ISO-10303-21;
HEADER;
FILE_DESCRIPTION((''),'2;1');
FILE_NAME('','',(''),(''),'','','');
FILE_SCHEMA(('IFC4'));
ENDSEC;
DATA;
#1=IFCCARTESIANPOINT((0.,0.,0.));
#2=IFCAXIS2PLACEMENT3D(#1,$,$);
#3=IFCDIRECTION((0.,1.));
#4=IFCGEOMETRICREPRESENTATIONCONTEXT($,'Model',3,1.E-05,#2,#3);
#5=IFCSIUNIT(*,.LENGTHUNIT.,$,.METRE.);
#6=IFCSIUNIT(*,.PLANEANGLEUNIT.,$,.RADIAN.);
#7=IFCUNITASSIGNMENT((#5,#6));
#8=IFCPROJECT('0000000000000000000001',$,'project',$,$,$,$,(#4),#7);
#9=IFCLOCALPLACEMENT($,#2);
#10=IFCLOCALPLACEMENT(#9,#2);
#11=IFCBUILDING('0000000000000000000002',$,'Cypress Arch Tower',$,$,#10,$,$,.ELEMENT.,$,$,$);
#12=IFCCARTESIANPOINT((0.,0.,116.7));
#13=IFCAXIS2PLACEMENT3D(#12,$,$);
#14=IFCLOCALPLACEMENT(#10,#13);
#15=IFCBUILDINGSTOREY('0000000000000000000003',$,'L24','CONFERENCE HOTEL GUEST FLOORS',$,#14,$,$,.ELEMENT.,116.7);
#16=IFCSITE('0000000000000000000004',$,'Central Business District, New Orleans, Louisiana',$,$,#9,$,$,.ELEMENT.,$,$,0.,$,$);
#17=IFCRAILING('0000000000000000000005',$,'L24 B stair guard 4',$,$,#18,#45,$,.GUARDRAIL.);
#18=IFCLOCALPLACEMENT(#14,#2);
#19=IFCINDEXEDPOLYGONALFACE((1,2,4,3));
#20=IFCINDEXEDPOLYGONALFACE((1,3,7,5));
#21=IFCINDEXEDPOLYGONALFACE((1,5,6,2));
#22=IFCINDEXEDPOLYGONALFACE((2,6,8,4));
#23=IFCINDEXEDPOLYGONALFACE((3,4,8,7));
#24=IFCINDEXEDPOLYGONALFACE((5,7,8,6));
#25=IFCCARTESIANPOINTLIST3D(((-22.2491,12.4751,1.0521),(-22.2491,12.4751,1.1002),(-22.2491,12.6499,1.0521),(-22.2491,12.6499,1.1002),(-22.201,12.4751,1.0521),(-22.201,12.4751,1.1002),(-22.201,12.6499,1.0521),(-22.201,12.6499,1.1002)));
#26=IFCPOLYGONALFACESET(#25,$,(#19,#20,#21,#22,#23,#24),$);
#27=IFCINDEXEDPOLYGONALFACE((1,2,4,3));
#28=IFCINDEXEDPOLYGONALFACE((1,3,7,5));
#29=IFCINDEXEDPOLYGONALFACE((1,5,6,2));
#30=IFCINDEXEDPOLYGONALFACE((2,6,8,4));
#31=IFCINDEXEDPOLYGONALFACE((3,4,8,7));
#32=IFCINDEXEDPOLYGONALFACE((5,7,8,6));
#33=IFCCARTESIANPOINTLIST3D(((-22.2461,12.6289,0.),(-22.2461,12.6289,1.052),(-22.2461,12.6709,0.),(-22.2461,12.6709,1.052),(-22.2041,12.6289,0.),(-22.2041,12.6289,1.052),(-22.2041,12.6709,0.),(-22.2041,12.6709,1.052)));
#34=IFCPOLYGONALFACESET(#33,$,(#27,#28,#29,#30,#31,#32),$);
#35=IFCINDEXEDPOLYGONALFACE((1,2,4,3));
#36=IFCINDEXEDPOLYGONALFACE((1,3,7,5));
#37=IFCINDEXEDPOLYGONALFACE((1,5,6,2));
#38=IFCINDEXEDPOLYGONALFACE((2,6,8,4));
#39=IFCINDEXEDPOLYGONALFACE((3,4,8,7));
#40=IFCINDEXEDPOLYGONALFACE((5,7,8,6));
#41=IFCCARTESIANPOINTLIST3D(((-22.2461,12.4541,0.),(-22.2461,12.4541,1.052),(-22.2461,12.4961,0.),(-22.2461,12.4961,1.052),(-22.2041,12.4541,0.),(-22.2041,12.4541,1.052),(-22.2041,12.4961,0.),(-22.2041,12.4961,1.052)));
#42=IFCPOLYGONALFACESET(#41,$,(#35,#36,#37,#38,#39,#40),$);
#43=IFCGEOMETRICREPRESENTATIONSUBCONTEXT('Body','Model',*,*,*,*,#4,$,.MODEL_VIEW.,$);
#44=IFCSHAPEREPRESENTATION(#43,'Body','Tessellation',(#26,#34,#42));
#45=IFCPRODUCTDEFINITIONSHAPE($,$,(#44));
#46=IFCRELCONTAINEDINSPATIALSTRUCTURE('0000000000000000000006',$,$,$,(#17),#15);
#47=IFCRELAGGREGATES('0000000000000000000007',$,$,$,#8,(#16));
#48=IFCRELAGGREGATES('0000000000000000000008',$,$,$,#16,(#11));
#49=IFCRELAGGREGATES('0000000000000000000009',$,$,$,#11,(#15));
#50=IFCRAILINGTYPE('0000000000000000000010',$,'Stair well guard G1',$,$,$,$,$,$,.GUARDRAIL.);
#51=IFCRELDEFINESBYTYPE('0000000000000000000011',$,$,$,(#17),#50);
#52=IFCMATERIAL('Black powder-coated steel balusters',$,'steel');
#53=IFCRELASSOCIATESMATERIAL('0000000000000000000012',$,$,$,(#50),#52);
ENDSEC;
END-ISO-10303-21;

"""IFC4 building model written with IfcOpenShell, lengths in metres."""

from ifc_helpers import new_model, si_unit, direction, frame, origin, origin_2d, place, context, subcontext, project, spatial, rectangle, extrude, material, type_object, element, save


model = new_model("IFC4")

# Units and contexts
model_context = context("Model", 3, precision=1e-05, world=origin(), true_north=direction((0.0, 1.0)))
body_context = subcontext(model_context, "Body", "Model", "MODEL_VIEW")
ifc_project = project(units=[si_unit("LENGTHUNIT", "METRE"), si_unit("PLANEANGLEUNIT", "RADIAN")], contexts=[model_context])

# Site, building, storey
site_placement = place(None, origin())
site = spatial("IfcSite", under=ifc_project, at=site_placement, Name="Central Business District, New Orleans, Louisiana", CompositionType="ELEMENT", RefElevation=0.0)
building_placement = place(site_placement, origin())
building = spatial("IfcBuilding", under=site, at=building_placement, Name="Cypress Arch Tower", CompositionType="ELEMENT")
storey_placement = place(building_placement, frame((0.0, 0.0, 116.7)))
storey = spatial("IfcBuildingStorey", under=building, at=storey_placement, Name="L24", Description="CONFERENCE HOTEL GUEST FLOORS", CompositionType="ELEMENT", Elevation=116.7)

# Railing
ifc_material_1 = material(Name="Black powder-coated steel balusters", Category="steel")
railing_type_1 = type_object("IfcRailingType", Name="Stair well guard G1", PredefinedType="GUARDRAIL", material=ifc_material_1)
railing_1_placement = place(storey_placement, frame((-22.2251, 12.6499, 0.0)))
element("IfcRailing", 1, at=railing_1_placement, inside=storey, type_object=railing_type_1, Name="L24 B stair guard 4", PredefinedType="GUARDRAIL", context=body_context, shape_type="SweptSolid", body=[
    extrude(rectangle(XDim=0.0481, YDim=0.0481, at=origin_2d()), frame((0.0, 0.0, 1.0762), z_axis=(0.0, -1.0, 0.0), x_axis=(1.0, 0.0, 0.0)), (0.0, 0.0, 1.0), 0.1748),
    extrude(rectangle(XDim=0.042, YDim=0.042, at=origin_2d()), origin(), (0.0, 0.0, 1.0), 1.052),
    extrude(rectangle(XDim=0.042, YDim=0.042, at=origin_2d()), frame((0.0, -0.1748, 0.0)), (0.0, 0.0, 1.0), 1.052),
])

save(model, "model.ifc")
